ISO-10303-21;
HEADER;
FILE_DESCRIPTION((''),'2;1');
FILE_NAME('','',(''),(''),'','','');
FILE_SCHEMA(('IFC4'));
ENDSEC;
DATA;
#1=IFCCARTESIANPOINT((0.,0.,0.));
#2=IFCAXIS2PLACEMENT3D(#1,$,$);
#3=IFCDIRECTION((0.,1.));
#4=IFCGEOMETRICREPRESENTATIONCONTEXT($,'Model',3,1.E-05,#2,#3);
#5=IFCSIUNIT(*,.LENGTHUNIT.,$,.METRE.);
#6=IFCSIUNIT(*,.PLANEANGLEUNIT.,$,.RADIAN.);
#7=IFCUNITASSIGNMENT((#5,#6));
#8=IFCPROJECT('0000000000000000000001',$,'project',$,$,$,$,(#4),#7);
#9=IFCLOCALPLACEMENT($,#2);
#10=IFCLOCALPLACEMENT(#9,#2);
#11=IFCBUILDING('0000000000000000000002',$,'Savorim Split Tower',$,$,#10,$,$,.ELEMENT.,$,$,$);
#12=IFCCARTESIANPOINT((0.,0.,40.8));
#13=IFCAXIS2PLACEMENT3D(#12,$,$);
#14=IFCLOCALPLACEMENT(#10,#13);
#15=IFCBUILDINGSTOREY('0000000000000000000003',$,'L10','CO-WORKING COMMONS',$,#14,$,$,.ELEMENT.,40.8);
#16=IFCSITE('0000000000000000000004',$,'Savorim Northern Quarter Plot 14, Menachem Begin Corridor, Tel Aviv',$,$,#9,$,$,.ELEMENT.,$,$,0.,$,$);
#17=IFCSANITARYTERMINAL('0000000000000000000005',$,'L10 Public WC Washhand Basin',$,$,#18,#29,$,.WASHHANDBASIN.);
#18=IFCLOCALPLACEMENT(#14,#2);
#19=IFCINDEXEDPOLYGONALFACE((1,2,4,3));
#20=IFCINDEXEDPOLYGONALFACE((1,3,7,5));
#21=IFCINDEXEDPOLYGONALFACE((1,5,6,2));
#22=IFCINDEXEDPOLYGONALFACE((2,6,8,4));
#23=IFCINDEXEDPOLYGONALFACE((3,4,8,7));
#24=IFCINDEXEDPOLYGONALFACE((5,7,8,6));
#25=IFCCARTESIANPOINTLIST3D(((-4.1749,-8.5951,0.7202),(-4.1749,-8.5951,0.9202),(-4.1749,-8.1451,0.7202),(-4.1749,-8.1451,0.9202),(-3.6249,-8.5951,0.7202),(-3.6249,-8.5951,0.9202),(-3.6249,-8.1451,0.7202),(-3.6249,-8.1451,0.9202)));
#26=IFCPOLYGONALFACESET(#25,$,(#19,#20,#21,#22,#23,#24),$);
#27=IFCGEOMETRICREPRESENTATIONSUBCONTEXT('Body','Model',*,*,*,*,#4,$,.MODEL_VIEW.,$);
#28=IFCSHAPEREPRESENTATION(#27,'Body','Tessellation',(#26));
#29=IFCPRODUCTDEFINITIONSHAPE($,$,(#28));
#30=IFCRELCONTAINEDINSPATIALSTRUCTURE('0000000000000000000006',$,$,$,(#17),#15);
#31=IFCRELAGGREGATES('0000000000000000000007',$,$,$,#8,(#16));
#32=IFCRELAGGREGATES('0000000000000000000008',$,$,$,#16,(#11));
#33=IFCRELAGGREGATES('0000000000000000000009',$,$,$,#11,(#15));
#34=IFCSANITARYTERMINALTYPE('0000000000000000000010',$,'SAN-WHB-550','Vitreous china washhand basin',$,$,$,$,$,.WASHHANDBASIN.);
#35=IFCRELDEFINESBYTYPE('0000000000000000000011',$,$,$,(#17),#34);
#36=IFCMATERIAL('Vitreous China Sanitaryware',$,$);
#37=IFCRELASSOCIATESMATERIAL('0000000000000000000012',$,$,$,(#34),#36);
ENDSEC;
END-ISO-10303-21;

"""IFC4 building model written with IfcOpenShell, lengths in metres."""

from ifc_helpers import new_model, si_unit, direction, frame, origin, origin_2d, place, context, subcontext, project, spatial, rectangle, extrude, material, type_object, element, save


model = new_model("IFC4")

# Units and contexts
model_context = context("Model", 3, precision=1e-05, world=origin(), true_north=direction((0.0, 1.0)))
body_context = subcontext(model_context, "Body", "Model", "MODEL_VIEW")
ifc_project = project(units=[si_unit("LENGTHUNIT", "METRE"), si_unit("PLANEANGLEUNIT", "RADIAN")], contexts=[model_context])

# Site, building, storey
site_placement = place(None, origin())
site = spatial("IfcSite", under=ifc_project, at=site_placement, Name="Savorim Northern Quarter Plot 14, Menachem Begin Corridor, Tel Aviv", CompositionType="ELEMENT", RefElevation=0.0)
building_placement = place(site_placement, origin())
building = spatial("IfcBuilding", under=site, at=building_placement, Name="Savorim Split Tower", CompositionType="ELEMENT")
storey_placement = place(building_placement, frame((0.0, 0.0, 40.8)))
storey = spatial("IfcBuildingStorey", under=building, at=storey_placement, Name="L10", Description="CO-WORKING COMMONS", CompositionType="ELEMENT", Elevation=40.8)

# Sanitary terminal
ifc_material_1 = material(Name="Vitreous China Sanitaryware")
sanitary_terminal_type_1 = type_object("IfcSanitaryTerminalType", Name="SAN-WHB-550", Description="Vitreous china washhand basin", PredefinedType="WASHHANDBASIN", material=ifc_material_1)
sanitary_terminal_1_placement = place(storey_placement, frame((-3.8999, -8.3701, 0.7202), z_axis=(0.0, 0.0, 1.0), x_axis=(1.0, 0.0, 0.0)))
element("IfcSanitaryTerminal", 1, at=sanitary_terminal_1_placement, inside=storey, type_object=sanitary_terminal_type_1, Name="L10 Public WC Washhand Basin", PredefinedType="WASHHANDBASIN", context=body_context, shape_type="SweptSolid", body=[
    extrude(rectangle(XDim=0.55, YDim=0.45, at=origin_2d()), origin(), (0.0, 0.0, 1.0), 0.2),
])

save(model, "model.ifc")
